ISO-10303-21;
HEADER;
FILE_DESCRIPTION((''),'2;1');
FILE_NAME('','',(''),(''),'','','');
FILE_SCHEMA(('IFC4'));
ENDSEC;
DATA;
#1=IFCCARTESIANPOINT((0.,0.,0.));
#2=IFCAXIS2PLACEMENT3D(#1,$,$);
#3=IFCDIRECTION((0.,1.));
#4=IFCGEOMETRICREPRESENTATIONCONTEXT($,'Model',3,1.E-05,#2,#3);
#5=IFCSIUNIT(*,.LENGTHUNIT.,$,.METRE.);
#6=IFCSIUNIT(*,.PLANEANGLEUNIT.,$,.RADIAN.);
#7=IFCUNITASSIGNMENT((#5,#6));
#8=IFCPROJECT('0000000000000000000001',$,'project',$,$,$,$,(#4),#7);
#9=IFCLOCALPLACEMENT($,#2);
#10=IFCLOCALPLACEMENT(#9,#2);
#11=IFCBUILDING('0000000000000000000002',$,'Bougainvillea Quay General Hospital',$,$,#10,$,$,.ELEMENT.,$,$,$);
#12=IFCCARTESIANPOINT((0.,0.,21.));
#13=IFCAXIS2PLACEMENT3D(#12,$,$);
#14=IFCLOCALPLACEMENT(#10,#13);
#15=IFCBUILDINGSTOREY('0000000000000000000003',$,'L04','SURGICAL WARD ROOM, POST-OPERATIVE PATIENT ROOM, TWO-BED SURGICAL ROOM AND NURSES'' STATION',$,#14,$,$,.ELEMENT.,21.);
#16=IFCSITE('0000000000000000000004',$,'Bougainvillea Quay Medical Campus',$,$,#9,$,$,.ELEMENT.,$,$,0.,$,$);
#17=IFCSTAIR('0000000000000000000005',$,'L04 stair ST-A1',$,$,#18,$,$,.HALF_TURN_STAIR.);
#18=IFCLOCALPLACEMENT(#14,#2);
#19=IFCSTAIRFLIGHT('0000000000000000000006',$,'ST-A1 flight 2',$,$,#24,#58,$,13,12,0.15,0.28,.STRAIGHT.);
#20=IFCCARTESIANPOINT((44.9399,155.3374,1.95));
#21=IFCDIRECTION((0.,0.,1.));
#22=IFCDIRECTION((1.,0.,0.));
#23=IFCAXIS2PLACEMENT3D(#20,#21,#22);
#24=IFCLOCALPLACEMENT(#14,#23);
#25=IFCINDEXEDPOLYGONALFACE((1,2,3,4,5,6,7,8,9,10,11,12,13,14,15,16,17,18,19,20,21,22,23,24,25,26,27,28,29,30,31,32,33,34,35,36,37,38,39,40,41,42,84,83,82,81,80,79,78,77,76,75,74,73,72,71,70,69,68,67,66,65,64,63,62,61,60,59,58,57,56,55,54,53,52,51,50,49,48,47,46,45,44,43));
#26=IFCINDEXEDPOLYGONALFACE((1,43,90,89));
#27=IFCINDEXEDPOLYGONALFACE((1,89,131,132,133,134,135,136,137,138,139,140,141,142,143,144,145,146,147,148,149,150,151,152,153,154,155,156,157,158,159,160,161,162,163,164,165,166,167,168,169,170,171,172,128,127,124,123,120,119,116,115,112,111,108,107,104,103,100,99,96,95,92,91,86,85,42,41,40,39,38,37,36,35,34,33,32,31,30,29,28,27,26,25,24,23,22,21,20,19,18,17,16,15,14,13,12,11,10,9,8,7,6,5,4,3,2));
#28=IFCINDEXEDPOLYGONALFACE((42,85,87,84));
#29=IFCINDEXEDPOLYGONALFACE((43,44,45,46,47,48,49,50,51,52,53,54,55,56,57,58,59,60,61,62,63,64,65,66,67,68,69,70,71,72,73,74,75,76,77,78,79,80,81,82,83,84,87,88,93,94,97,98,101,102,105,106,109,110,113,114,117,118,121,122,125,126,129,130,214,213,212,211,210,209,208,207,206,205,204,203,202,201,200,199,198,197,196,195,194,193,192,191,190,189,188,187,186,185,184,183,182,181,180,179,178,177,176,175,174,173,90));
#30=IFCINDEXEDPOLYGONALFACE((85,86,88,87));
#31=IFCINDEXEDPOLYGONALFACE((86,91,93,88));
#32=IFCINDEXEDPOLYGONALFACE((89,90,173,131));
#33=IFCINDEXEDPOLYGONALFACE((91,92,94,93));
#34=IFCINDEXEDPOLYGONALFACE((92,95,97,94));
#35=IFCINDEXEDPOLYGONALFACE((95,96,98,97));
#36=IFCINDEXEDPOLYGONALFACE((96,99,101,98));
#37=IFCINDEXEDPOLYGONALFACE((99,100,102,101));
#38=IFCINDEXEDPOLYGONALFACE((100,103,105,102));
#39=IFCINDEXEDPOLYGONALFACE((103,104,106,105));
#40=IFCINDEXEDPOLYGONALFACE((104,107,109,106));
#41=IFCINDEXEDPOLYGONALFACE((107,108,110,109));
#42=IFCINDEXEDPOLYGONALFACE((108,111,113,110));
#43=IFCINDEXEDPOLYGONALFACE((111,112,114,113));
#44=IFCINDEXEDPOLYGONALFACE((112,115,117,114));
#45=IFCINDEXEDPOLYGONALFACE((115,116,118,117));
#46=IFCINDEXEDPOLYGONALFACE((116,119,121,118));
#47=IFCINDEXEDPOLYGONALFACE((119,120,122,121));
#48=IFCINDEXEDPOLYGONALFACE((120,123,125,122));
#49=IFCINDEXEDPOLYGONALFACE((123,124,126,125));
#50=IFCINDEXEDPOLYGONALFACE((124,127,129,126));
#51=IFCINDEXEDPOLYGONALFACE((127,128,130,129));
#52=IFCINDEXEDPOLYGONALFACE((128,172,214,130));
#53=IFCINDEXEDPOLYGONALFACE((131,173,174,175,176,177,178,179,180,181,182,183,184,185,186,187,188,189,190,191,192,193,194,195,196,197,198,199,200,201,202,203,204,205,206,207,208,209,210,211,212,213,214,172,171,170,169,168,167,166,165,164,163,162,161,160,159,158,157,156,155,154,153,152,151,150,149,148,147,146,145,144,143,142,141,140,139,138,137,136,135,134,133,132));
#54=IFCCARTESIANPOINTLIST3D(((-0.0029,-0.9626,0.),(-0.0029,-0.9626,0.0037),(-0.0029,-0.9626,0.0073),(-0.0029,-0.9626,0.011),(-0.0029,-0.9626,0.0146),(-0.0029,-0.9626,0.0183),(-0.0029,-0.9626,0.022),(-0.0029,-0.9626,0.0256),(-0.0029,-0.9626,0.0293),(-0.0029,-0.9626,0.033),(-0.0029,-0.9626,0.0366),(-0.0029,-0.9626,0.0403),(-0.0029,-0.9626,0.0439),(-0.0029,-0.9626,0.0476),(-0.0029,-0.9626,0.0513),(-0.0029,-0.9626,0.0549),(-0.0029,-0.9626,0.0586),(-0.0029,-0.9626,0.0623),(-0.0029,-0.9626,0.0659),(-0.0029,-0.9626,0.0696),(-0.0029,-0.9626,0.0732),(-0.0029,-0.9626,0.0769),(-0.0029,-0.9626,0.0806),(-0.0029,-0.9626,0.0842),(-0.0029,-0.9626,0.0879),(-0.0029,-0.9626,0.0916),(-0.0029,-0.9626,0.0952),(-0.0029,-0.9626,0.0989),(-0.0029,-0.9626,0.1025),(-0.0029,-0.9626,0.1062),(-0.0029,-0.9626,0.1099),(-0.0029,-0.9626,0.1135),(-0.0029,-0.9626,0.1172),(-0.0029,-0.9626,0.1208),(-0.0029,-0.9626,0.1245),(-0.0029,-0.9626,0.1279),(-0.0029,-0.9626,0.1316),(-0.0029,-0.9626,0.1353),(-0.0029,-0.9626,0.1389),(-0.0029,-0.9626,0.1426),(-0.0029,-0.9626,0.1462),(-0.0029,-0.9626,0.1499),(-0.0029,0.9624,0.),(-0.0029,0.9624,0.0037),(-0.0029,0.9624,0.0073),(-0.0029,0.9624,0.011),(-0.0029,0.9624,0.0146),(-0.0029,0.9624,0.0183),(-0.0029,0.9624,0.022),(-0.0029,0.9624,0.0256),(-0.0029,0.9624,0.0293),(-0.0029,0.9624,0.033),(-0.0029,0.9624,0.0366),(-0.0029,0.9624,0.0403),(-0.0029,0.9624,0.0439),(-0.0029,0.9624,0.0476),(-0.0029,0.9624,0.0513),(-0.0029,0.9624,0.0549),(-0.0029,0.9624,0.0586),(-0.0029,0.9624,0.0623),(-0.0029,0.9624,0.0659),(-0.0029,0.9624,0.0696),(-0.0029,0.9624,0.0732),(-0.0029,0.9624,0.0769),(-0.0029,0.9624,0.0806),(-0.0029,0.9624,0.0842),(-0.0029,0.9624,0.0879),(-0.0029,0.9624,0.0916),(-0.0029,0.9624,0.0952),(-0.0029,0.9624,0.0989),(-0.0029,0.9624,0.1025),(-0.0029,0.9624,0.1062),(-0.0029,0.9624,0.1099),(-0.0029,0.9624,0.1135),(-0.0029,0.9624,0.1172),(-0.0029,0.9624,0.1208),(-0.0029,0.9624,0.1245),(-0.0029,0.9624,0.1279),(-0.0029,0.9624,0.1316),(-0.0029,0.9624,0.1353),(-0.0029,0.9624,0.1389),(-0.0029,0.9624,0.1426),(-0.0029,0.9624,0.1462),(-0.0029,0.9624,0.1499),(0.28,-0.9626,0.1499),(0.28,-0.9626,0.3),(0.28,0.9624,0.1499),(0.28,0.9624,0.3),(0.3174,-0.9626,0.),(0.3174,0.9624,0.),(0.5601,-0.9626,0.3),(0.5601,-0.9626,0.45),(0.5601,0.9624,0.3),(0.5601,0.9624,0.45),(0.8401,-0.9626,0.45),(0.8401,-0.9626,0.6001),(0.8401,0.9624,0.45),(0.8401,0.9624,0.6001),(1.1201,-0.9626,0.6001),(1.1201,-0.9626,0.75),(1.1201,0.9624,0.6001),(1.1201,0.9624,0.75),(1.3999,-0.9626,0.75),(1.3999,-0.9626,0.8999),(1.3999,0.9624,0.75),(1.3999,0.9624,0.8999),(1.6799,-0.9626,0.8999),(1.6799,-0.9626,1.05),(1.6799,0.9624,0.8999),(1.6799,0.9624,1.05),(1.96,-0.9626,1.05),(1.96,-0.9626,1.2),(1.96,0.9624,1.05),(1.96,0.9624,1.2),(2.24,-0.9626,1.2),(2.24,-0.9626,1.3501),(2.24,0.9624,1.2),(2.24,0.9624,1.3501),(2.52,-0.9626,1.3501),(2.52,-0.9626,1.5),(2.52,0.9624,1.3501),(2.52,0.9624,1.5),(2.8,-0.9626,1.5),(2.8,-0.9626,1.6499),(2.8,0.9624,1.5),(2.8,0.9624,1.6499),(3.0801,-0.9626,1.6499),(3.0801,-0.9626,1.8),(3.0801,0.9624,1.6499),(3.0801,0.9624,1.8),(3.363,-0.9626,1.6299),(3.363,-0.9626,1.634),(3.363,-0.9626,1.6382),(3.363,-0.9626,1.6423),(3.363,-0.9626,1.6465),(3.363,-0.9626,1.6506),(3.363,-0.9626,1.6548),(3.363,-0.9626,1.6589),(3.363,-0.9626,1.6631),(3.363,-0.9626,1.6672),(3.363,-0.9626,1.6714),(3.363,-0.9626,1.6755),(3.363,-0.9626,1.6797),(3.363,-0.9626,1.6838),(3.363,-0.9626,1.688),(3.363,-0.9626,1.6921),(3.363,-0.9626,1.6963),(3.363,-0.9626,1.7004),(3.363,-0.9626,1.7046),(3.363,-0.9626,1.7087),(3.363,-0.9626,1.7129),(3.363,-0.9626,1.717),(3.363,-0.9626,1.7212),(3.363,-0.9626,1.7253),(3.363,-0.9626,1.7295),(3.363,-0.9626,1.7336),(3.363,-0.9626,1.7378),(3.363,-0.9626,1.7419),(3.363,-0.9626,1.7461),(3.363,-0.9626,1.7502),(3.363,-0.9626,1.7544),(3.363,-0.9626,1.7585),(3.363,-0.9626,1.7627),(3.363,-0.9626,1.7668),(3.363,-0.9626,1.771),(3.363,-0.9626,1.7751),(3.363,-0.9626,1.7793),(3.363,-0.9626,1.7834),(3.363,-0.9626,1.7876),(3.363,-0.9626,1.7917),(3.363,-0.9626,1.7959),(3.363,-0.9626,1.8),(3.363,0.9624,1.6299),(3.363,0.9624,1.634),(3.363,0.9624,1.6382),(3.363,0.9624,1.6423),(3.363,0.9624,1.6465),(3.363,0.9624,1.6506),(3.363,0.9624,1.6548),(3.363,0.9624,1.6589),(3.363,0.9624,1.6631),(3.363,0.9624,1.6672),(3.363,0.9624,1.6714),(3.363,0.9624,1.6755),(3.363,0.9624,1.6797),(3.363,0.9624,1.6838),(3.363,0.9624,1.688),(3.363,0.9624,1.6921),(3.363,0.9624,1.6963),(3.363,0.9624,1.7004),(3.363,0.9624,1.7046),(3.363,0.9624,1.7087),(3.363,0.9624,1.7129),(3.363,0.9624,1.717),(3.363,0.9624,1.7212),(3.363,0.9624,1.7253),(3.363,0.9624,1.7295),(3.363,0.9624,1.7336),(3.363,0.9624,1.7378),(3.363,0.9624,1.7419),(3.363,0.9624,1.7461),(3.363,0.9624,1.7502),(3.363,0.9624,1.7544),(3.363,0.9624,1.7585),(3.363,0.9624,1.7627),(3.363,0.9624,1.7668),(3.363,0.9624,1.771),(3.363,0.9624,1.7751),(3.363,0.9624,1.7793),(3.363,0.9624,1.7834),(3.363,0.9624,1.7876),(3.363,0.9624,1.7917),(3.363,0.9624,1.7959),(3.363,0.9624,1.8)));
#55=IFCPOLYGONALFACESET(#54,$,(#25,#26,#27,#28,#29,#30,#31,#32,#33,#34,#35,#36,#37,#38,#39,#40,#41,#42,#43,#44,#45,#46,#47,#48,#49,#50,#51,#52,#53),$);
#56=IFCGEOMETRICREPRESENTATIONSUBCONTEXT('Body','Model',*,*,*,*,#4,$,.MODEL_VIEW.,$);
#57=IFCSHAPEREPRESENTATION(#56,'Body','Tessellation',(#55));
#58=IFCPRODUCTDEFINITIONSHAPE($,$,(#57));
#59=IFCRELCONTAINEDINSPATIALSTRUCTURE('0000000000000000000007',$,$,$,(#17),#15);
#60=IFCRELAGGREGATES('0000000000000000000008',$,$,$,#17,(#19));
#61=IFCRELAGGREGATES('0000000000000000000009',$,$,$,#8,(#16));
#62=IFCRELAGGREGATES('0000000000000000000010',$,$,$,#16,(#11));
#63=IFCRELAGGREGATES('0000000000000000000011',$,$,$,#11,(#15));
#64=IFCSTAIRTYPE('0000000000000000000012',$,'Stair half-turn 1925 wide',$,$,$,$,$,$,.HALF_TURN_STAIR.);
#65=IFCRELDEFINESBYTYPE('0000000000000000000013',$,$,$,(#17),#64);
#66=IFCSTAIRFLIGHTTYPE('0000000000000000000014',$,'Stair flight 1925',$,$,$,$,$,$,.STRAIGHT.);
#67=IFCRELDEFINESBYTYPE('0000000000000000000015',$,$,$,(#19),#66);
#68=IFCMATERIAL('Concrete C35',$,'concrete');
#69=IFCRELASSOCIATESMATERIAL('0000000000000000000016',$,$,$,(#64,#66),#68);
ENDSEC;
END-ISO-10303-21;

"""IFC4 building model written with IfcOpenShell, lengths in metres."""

from ifc_helpers import new_model, si_unit, direction, frame, origin, place, context, subcontext, project, spatial, polyline, outline, extrude, material, type_object, element, aggregate, save


model = new_model("IFC4")

# Units and contexts
model_context = context("Model", 3, precision=1e-05, world=origin(), true_north=direction((0.0, 1.0)))
body_context = subcontext(model_context, "Body", "Model", "MODEL_VIEW")
ifc_project = project(units=[si_unit("LENGTHUNIT", "METRE"), si_unit("PLANEANGLEUNIT", "RADIAN")], contexts=[model_context])

# Site, building, storey
site_placement = place(None, origin())
site = spatial("IfcSite", under=ifc_project, at=site_placement, Name="Bougainvillea Quay Medical Campus", CompositionType="ELEMENT", RefElevation=0.0)
building_placement = place(site_placement, origin())
building = spatial("IfcBuilding", under=site, at=building_placement, Name="Bougainvillea Quay General Hospital", CompositionType="ELEMENT")
storey_placement = place(building_placement, frame((0.0, 0.0, 21.0)))
storey = spatial("IfcBuildingStorey", under=building, at=storey_placement, Name="L04", Description="SURGICAL WARD ROOM, POST-OPERATIVE PATIENT ROOM, TWO-BED SURGICAL ROOM AND NURSES' STATION", CompositionType="ELEMENT", Elevation=21.0)

# Stair, stair flight
ifc_material_1 = material(Name="Concrete C35", Category="concrete")
stair_type = type_object("IfcStairType", Name="Stair half-turn 1925 wide", PredefinedType="HALF_TURN_STAIR", material=ifc_material_1)
stair_placement = place(storey_placement, origin())
stair = element("IfcStair", 1, at=stair_placement, inside=storey, type_object=stair_type, Name="L04 stair ST-A1", PredefinedType="HALF_TURN_STAIR")
stair_flight_type = type_object("IfcStairFlightType", Name="Stair flight 1925", PredefinedType="STRAIGHT", material=ifc_material_1)
stair_flight_1_placement = place(storey_placement, frame((44.9399, 155.3374, 1.95), z_axis=(0.0, 0.0, 1.0), x_axis=(1.0, 0.0, 0.0)))
stair_flight_1 = element("IfcStairFlight", 2, at=stair_flight_1_placement, type_object=stair_flight_type, Name="ST-A1 flight 2", NumberOfRisers=13, NumberOfTreads=12, PredefinedType="STRAIGHT", RiserHeight=0.15, TreadLength=0.28, context=body_context, shape_type="SweptSolid", body=[
    extrude(outline(polyline([(-0.0029, 0.0), (-0.0029, 0.0037), (-0.0029, 0.0073), (-0.0029, 0.011), (-0.0029, 0.0146), (-0.0029, 0.0183), (-0.0029, 0.022), (-0.0029, 0.0256), (-0.0029, 0.0293), (-0.0029, 0.033), (-0.0029, 0.0366), (-0.0029, 0.0403), (-0.0029, 0.0439), (-0.0029, 0.0476), (-0.0029, 0.0513), (-0.0029, 0.0549), (-0.0029, 0.0586), (-0.0029, 0.0623), (-0.0029, 0.0659), (-0.0029, 0.0696), (-0.0029, 0.0732), (-0.0029, 0.0769), (-0.0029, 0.0806), (-0.0029, 0.0842), (-0.0029, 0.0879), (-0.0029, 0.0916), (-0.0029, 0.0952), (-0.0029, 0.0989), (-0.0029, 0.1025), (-0.0029, 0.1062), (-0.0029, 0.1099), (-0.0029, 0.1135), (-0.0029, 0.1172), (-0.0029, 0.1208), (-0.0029, 0.1245), (-0.0029, 0.1279), (-0.0029, 0.1316), (-0.0029, 0.1353), (-0.0029, 0.1389), (-0.0029, 0.1426), (-0.0029, 0.1462), (-0.0029, 0.1499), (0.28, 0.1499), (0.28, 0.3), (0.5601, 0.3), (0.5601, 0.45), (0.8401, 0.45), (0.8401, 0.6001), (1.1201, 0.6001), (1.1201, 0.75), (1.3999, 0.75), (1.3999, 0.8999), (1.6799, 0.8999), (1.6799, 1.05), (1.96, 1.05), (1.96, 1.2), (2.24, 1.2), (2.24, 1.3501), (2.52, 1.3501), (2.52, 1.5), (2.8, 1.5), (2.8, 1.6499), (3.0801, 1.6499), (3.0801, 1.8), (3.363, 1.8), (3.363, 1.7959), (3.363, 1.7917), (3.363, 1.7876), (3.363, 1.7834), (3.363, 1.7793), (3.363, 1.7751), (3.363, 1.771), (3.363, 1.7668), (3.363, 1.7627), (3.363, 1.7585), (3.363, 1.7544), (3.363, 1.7502), (3.363, 1.7461), (3.363, 1.7419), (3.363, 1.7378), (3.363, 1.7336), (3.363, 1.7295), (3.363, 1.7253), (3.363, 1.7212), (3.363, 1.717), (3.363, 1.7129), (3.363, 1.7087), (3.363, 1.7046), (3.363, 1.7004), (3.363, 1.6963), (3.363, 1.6921), (3.363, 1.688), (3.363, 1.6838), (3.363, 1.6797), (3.363, 1.6755), (3.363, 1.6714), (3.363, 1.6672), (3.363, 1.6631), (3.363, 1.6589), (3.363, 1.6548), (3.363, 1.6506), (3.363, 1.6465), (3.363, 1.6423), (3.363, 1.6382), (3.363, 1.634), (3.363, 1.6299), (0.3174, 0.0), (-0.0029, 0.0)])), frame((0.0, 0.9624, 0.0), z_axis=(0.0, -1.0, 0.0), x_axis=(1.0, 0.0, 0.0)), (0.0, 0.0, 1.0), 1.925),
])
aggregate(stair, [stair_flight_1])

save(model, "model.ifc")
